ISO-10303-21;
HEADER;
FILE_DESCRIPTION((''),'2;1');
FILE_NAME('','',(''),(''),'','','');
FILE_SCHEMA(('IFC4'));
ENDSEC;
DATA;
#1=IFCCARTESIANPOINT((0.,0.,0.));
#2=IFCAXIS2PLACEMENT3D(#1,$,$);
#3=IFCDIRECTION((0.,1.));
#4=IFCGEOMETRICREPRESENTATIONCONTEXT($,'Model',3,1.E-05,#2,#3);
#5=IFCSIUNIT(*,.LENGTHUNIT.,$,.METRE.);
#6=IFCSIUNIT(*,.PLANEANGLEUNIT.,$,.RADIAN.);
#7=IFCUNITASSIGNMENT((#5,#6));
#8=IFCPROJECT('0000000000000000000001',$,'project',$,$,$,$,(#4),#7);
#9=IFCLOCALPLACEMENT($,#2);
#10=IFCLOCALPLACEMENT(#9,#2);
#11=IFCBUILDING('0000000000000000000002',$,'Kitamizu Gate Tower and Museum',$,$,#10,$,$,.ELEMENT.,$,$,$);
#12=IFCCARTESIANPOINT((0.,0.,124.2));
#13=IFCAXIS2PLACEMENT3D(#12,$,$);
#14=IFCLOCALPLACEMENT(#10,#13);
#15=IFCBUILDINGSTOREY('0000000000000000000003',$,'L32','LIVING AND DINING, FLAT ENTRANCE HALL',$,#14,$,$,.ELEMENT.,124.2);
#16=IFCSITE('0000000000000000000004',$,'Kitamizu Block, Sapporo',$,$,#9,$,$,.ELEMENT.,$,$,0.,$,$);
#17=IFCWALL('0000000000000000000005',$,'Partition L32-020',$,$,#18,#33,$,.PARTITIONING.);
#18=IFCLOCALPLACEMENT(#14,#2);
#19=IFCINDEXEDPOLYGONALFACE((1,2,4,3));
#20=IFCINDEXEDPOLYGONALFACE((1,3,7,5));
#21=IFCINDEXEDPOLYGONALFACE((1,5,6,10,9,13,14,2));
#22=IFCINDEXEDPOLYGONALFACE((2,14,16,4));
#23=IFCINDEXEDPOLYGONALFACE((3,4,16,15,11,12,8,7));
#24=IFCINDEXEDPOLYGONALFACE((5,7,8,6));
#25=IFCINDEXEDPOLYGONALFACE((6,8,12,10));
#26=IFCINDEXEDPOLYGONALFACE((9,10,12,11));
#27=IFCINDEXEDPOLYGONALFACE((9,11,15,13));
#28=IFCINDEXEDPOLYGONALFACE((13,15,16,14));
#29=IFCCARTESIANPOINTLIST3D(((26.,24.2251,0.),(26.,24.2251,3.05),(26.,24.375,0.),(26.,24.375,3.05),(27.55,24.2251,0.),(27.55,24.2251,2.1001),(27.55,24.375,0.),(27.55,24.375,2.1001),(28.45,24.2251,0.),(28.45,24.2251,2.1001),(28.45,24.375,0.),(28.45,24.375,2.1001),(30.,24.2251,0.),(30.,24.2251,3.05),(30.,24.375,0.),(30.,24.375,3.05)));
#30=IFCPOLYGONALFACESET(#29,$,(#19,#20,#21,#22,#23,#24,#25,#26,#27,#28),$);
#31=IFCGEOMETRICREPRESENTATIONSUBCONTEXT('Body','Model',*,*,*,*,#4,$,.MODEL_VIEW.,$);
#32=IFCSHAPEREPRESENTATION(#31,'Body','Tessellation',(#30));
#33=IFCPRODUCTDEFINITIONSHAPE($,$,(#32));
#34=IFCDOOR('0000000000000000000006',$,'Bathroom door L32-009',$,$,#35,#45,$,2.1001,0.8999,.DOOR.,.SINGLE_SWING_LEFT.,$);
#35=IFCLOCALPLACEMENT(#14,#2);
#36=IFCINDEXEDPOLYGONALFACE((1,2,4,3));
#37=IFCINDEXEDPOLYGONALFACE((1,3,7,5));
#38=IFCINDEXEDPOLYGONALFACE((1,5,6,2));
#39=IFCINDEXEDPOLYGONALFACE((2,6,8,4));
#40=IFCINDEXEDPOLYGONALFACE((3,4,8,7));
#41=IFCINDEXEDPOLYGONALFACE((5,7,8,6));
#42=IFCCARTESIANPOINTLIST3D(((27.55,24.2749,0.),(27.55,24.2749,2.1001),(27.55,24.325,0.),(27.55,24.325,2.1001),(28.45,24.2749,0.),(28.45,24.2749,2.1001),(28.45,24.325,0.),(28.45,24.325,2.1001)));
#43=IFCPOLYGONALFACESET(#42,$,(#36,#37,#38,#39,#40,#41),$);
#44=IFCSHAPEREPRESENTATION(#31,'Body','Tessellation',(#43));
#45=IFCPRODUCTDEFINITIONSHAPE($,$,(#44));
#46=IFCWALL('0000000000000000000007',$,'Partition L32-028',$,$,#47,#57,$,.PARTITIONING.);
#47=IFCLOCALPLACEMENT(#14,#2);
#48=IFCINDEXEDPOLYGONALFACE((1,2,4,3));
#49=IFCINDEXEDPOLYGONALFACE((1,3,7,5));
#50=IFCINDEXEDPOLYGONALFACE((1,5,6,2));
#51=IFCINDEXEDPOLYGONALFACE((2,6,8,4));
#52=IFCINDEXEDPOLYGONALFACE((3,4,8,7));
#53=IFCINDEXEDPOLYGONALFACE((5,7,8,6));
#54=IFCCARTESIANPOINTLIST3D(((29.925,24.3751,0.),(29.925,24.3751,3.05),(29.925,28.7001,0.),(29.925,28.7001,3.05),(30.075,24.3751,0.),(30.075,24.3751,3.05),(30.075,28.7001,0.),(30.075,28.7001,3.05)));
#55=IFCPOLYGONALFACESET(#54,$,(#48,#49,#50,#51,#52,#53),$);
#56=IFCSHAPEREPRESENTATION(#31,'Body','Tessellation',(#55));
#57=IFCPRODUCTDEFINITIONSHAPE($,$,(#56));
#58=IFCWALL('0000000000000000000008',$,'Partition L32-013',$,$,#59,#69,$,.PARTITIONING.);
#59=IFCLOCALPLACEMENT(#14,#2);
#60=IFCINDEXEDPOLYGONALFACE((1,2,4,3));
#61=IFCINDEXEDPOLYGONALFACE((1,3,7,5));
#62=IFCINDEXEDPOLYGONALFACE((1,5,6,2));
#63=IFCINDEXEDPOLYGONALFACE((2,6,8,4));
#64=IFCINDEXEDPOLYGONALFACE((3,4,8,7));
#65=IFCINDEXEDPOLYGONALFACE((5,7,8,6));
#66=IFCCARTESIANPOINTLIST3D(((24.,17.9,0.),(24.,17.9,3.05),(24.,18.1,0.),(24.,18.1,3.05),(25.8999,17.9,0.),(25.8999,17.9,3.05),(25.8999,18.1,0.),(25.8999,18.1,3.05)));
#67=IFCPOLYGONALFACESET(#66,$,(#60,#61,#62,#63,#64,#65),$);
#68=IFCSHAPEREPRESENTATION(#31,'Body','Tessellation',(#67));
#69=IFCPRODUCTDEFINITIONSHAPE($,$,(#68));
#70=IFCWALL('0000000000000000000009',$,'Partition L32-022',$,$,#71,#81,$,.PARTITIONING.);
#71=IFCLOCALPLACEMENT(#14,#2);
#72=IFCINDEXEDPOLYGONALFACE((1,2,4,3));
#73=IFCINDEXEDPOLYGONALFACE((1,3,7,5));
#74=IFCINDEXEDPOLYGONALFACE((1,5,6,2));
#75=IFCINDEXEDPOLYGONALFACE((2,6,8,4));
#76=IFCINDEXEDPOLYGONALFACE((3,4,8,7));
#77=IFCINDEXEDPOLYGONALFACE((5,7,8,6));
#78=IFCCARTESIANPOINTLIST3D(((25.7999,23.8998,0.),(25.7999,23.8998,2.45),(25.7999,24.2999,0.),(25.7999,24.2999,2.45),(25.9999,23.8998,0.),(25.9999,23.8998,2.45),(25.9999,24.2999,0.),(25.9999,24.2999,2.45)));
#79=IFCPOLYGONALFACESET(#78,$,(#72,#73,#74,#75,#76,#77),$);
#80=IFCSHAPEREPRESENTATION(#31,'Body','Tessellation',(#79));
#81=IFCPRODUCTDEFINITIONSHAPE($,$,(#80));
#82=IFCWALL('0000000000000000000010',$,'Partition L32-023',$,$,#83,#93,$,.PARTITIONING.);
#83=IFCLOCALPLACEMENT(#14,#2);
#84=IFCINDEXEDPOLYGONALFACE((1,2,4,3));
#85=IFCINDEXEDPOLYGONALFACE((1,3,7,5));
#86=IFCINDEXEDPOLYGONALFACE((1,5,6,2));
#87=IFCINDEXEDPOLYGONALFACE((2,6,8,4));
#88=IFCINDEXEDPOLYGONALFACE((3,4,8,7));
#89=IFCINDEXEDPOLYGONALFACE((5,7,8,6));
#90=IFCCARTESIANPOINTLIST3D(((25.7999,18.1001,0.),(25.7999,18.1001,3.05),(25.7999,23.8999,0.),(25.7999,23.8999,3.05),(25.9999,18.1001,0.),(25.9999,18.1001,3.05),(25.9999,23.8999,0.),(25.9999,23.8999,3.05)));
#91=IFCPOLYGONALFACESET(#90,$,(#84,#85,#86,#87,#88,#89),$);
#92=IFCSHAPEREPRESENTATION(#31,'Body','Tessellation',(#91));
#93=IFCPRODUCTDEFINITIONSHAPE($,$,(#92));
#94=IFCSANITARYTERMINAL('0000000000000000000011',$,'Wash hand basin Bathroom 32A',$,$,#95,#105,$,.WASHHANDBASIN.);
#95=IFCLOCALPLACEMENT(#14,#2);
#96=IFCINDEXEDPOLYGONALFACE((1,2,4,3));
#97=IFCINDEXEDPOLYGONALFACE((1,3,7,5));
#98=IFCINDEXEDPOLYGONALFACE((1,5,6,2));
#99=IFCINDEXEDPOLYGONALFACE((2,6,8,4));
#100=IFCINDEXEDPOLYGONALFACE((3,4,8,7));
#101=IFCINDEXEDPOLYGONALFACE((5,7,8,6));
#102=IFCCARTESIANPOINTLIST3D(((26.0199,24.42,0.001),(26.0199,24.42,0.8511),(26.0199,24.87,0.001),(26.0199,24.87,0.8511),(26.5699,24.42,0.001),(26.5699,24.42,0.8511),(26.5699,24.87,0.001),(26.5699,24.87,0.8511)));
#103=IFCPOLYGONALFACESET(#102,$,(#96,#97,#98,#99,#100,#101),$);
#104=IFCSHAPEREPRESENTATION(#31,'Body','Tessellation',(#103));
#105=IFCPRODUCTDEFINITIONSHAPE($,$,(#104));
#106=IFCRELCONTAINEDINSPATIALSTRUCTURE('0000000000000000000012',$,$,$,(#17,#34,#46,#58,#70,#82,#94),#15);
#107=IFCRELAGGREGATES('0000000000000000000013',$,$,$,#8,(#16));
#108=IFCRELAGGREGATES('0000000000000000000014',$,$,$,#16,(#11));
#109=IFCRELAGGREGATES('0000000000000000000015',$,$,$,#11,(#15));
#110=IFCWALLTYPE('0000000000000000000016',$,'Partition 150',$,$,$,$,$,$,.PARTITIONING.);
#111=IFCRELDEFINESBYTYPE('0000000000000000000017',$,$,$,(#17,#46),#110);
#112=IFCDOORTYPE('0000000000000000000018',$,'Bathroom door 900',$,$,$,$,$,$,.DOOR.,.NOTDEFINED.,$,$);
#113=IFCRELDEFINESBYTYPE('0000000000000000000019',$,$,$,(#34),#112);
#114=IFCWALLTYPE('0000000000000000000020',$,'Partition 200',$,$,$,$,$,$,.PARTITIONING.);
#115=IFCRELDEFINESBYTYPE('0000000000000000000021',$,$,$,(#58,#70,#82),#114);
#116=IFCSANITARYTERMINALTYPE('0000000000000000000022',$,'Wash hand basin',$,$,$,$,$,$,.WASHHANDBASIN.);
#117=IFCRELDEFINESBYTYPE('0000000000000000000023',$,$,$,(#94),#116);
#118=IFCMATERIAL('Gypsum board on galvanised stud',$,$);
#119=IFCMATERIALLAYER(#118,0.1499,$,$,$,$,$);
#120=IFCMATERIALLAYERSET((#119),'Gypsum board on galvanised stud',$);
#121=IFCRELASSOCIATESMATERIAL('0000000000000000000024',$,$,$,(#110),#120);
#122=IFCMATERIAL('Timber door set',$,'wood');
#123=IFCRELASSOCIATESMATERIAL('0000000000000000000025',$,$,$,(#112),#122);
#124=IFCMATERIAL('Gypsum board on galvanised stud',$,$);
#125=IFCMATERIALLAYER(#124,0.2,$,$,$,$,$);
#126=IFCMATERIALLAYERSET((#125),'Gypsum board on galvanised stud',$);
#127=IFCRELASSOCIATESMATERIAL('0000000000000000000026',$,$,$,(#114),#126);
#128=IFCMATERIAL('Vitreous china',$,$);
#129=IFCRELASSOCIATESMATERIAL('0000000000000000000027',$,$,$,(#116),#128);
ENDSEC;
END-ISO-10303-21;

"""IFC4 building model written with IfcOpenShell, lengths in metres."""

from ifc_helpers import new_model, si_unit, direction, frame, frame_2d, origin, origin_2d, place, context, subcontext, project, spatial, rectangle, extrude, material, layer, layer_set, type_object, element, fill, save


model = new_model("IFC4")

# Units and contexts
model_context = context("Model", 3, precision=1e-05, world=origin(), true_north=direction((0.0, 1.0)))
body_context = subcontext(model_context, "Body", "Model", "MODEL_VIEW")
ifc_project = project(units=[si_unit("LENGTHUNIT", "METRE"), si_unit("PLANEANGLEUNIT", "RADIAN")], contexts=[model_context])

# Site, building, storey
site_placement = place(None, origin())
site = spatial("IfcSite", under=ifc_project, at=site_placement, Name="Kitamizu Block, Sapporo", CompositionType="ELEMENT", RefElevation=0.0)
building_placement = place(site_placement, origin())
building = spatial("IfcBuilding", under=site, at=building_placement, Name="Kitamizu Gate Tower and Museum", CompositionType="ELEMENT")
storey_placement = place(building_placement, frame((0.0, 0.0, 124.2)))
storey = spatial("IfcBuildingStorey", under=building, at=storey_placement, Name="L32", Description="LIVING AND DINING, FLAT ENTRANCE HALL", CompositionType="ELEMENT", Elevation=124.2)

# Wall, opening, door
ifc_material_1 = material(Name="Gypsum board on galvanised stud")
ifc_layer_1 = layer(ifc_material_1, 0.1499)
ifc_layer_set_1 = layer_set([ifc_layer_1], Name="Gypsum board on galvanised stud")
wall_type_1 = type_object("IfcWallType", Name="Partition 150", PredefinedType="PARTITIONING", material=ifc_layer_set_1)
ifc_material_2 = material(Name="Timber door set", Category="wood")
door_type_1 = type_object("IfcDoorType", Name="Bathroom door 900", OperationType="NOTDEFINED", PredefinedType="DOOR", material=ifc_material_2)
wall_1_placement = place(storey_placement, frame((30.0, 24.3, 0.0), z_axis=(0.0, 0.0, 1.0), x_axis=(-1.0, 0.0, 0.0)))
wall_1 = element("IfcWall", 1, at=wall_1_placement, inside=storey, type_object=wall_type_1, Name="Partition L32-020", PredefinedType="PARTITIONING", context=body_context, shape_type="SweptSolid", body=[
    extrude(rectangle(XDim=4.0, YDim=0.1499, at=frame_2d((2.0, 0.0))), origin(), (0.0, 0.0, 1.0), 3.05),
])
opening_1_placement = place(wall_1_placement, frame((1.55, 0.0, 0.0)))
opening_1 = element("IfcOpeningElement", 2, at=opening_1_placement, cuts=wall_1, PredefinedType="OPENING", context=body_context, shape_type="SweptSolid", body=[
    extrude(rectangle(XDim=0.8999, YDim=2.1001, at=frame_2d((0.45, 1.05))), frame((0.0, 0.085, 0.0), z_axis=(0.0, -1.0, 0.0), x_axis=(1.0, 0.0, 0.0)), (0.0, 0.0, 1.0), 0.1699),
])
door_1_placement = place(opening_1_placement, frame((0.8999, 0.0, 0.0), x_axis=(-1.0, 0.0, 0.0)))
door_1 = element("IfcDoor", 3, at=door_1_placement, inside=storey, type_object=door_type_1, Name="Bathroom door L32-009", OperationType="SINGLE_SWING_LEFT", OverallHeight=2.1001, OverallWidth=0.8999, PredefinedType="DOOR", context=body_context, shape_type="SweptSolid", body=[
    extrude(rectangle(XDim=0.8999, YDim=2.1001, at=frame_2d((0.45, 1.05))), frame((0.0, 0.0249, 0.0), z_axis=(0.0, -1.0, 0.0), x_axis=(1.0, 0.0, 0.0)), (0.0, 0.0, 1.0), 0.05),
])
fill(opening_1, door_1)

# Walls
wall_2_placement = place(storey_placement, frame((30.0, 24.375, 0.0), z_axis=(0.0, 0.0, 1.0), x_axis=(0.0, 1.0, 0.0)))
element("IfcWall", 4, at=wall_2_placement, inside=storey, type_object=wall_type_1, Name="Partition L32-028", PredefinedType="PARTITIONING", context=body_context, shape_type="SweptSolid", body=[
    extrude(rectangle(XDim=4.325, YDim=0.1499, at=frame_2d((2.1626, 0.0))), origin(), (0.0, 0.0, 1.0), 3.05),
])
ifc_material_3 = material(Name="Gypsum board on galvanised stud")
ifc_layer_2 = layer(ifc_material_3, 0.2)
ifc_layer_set_2 = layer_set([ifc_layer_2], Name="Gypsum board on galvanised stud")
wall_type_2 = type_object("IfcWallType", Name="Partition 200", PredefinedType="PARTITIONING", material=ifc_layer_set_2)
wall_3_placement = place(storey_placement, frame((25.8999, 18.0, 0.0), z_axis=(0.0, 0.0, 1.0), x_axis=(-1.0, 0.0, 0.0)))
element("IfcWall", 5, at=wall_3_placement, inside=storey, type_object=wall_type_2, Name="Partition L32-013", PredefinedType="PARTITIONING", context=body_context, shape_type="SweptSolid", body=[
    extrude(rectangle(XDim=1.8999, YDim=0.2, at=frame_2d((0.95, 0.0))), origin(), (0.0, 0.0, 1.0), 3.05),
])
wall_4_placement = place(storey_placement, frame((25.8999, 24.3, 0.0), z_axis=(0.0, 0.0, 1.0), x_axis=(0.0, -1.0, 0.0)))
element("IfcWall", 6, at=wall_4_placement, inside=storey, type_object=wall_type_2, Name="Partition L32-022", PredefinedType="PARTITIONING", context=body_context, shape_type="SweptSolid", body=[
    extrude(rectangle(XDim=0.4001, YDim=0.2, at=frame_2d((0.2002, 0.0))), origin(), (0.0, 0.0, 1.0), 2.45),
])
wall_5_placement = place(storey_placement, frame((25.8999, 23.8999, 0.0), z_axis=(0.0, 0.0, 1.0), x_axis=(0.0, -1.0, 0.0)))
element("IfcWall", 7, at=wall_5_placement, inside=storey, type_object=wall_type_2, Name="Partition L32-023", PredefinedType="PARTITIONING", context=body_context, shape_type="SweptSolid", body=[
    extrude(rectangle(XDim=5.7998, YDim=0.2, at=frame_2d((2.8999, 0.0))), origin(), (0.0, 0.0, 1.0), 3.05),
])

# Sanitary terminal
ifc_material_4 = material(Name="Vitreous china")
sanitary_terminal_type = type_object("IfcSanitaryTerminalType", Name="Wash hand basin", PredefinedType="WASHHANDBASIN", material=ifc_material_4)
sanitary_terminal_placement = place(storey_placement, frame((26.2949, 24.645, 0.001), z_axis=(0.0, 0.0, 1.0), x_axis=(1.0, 0.0, 0.0)))
element("IfcSanitaryTerminal", 8, at=sanitary_terminal_placement, inside=storey, type_object=sanitary_terminal_type, Name="Wash hand basin Bathroom 32A", PredefinedType="WASHHANDBASIN", context=body_context, shape_type="SweptSolid", body=[
    extrude(rectangle(XDim=0.55, YDim=0.45, at=origin_2d()), origin(), (0.0, 0.0, 1.0), 0.8501),
])

save(model, "model.ifc")
